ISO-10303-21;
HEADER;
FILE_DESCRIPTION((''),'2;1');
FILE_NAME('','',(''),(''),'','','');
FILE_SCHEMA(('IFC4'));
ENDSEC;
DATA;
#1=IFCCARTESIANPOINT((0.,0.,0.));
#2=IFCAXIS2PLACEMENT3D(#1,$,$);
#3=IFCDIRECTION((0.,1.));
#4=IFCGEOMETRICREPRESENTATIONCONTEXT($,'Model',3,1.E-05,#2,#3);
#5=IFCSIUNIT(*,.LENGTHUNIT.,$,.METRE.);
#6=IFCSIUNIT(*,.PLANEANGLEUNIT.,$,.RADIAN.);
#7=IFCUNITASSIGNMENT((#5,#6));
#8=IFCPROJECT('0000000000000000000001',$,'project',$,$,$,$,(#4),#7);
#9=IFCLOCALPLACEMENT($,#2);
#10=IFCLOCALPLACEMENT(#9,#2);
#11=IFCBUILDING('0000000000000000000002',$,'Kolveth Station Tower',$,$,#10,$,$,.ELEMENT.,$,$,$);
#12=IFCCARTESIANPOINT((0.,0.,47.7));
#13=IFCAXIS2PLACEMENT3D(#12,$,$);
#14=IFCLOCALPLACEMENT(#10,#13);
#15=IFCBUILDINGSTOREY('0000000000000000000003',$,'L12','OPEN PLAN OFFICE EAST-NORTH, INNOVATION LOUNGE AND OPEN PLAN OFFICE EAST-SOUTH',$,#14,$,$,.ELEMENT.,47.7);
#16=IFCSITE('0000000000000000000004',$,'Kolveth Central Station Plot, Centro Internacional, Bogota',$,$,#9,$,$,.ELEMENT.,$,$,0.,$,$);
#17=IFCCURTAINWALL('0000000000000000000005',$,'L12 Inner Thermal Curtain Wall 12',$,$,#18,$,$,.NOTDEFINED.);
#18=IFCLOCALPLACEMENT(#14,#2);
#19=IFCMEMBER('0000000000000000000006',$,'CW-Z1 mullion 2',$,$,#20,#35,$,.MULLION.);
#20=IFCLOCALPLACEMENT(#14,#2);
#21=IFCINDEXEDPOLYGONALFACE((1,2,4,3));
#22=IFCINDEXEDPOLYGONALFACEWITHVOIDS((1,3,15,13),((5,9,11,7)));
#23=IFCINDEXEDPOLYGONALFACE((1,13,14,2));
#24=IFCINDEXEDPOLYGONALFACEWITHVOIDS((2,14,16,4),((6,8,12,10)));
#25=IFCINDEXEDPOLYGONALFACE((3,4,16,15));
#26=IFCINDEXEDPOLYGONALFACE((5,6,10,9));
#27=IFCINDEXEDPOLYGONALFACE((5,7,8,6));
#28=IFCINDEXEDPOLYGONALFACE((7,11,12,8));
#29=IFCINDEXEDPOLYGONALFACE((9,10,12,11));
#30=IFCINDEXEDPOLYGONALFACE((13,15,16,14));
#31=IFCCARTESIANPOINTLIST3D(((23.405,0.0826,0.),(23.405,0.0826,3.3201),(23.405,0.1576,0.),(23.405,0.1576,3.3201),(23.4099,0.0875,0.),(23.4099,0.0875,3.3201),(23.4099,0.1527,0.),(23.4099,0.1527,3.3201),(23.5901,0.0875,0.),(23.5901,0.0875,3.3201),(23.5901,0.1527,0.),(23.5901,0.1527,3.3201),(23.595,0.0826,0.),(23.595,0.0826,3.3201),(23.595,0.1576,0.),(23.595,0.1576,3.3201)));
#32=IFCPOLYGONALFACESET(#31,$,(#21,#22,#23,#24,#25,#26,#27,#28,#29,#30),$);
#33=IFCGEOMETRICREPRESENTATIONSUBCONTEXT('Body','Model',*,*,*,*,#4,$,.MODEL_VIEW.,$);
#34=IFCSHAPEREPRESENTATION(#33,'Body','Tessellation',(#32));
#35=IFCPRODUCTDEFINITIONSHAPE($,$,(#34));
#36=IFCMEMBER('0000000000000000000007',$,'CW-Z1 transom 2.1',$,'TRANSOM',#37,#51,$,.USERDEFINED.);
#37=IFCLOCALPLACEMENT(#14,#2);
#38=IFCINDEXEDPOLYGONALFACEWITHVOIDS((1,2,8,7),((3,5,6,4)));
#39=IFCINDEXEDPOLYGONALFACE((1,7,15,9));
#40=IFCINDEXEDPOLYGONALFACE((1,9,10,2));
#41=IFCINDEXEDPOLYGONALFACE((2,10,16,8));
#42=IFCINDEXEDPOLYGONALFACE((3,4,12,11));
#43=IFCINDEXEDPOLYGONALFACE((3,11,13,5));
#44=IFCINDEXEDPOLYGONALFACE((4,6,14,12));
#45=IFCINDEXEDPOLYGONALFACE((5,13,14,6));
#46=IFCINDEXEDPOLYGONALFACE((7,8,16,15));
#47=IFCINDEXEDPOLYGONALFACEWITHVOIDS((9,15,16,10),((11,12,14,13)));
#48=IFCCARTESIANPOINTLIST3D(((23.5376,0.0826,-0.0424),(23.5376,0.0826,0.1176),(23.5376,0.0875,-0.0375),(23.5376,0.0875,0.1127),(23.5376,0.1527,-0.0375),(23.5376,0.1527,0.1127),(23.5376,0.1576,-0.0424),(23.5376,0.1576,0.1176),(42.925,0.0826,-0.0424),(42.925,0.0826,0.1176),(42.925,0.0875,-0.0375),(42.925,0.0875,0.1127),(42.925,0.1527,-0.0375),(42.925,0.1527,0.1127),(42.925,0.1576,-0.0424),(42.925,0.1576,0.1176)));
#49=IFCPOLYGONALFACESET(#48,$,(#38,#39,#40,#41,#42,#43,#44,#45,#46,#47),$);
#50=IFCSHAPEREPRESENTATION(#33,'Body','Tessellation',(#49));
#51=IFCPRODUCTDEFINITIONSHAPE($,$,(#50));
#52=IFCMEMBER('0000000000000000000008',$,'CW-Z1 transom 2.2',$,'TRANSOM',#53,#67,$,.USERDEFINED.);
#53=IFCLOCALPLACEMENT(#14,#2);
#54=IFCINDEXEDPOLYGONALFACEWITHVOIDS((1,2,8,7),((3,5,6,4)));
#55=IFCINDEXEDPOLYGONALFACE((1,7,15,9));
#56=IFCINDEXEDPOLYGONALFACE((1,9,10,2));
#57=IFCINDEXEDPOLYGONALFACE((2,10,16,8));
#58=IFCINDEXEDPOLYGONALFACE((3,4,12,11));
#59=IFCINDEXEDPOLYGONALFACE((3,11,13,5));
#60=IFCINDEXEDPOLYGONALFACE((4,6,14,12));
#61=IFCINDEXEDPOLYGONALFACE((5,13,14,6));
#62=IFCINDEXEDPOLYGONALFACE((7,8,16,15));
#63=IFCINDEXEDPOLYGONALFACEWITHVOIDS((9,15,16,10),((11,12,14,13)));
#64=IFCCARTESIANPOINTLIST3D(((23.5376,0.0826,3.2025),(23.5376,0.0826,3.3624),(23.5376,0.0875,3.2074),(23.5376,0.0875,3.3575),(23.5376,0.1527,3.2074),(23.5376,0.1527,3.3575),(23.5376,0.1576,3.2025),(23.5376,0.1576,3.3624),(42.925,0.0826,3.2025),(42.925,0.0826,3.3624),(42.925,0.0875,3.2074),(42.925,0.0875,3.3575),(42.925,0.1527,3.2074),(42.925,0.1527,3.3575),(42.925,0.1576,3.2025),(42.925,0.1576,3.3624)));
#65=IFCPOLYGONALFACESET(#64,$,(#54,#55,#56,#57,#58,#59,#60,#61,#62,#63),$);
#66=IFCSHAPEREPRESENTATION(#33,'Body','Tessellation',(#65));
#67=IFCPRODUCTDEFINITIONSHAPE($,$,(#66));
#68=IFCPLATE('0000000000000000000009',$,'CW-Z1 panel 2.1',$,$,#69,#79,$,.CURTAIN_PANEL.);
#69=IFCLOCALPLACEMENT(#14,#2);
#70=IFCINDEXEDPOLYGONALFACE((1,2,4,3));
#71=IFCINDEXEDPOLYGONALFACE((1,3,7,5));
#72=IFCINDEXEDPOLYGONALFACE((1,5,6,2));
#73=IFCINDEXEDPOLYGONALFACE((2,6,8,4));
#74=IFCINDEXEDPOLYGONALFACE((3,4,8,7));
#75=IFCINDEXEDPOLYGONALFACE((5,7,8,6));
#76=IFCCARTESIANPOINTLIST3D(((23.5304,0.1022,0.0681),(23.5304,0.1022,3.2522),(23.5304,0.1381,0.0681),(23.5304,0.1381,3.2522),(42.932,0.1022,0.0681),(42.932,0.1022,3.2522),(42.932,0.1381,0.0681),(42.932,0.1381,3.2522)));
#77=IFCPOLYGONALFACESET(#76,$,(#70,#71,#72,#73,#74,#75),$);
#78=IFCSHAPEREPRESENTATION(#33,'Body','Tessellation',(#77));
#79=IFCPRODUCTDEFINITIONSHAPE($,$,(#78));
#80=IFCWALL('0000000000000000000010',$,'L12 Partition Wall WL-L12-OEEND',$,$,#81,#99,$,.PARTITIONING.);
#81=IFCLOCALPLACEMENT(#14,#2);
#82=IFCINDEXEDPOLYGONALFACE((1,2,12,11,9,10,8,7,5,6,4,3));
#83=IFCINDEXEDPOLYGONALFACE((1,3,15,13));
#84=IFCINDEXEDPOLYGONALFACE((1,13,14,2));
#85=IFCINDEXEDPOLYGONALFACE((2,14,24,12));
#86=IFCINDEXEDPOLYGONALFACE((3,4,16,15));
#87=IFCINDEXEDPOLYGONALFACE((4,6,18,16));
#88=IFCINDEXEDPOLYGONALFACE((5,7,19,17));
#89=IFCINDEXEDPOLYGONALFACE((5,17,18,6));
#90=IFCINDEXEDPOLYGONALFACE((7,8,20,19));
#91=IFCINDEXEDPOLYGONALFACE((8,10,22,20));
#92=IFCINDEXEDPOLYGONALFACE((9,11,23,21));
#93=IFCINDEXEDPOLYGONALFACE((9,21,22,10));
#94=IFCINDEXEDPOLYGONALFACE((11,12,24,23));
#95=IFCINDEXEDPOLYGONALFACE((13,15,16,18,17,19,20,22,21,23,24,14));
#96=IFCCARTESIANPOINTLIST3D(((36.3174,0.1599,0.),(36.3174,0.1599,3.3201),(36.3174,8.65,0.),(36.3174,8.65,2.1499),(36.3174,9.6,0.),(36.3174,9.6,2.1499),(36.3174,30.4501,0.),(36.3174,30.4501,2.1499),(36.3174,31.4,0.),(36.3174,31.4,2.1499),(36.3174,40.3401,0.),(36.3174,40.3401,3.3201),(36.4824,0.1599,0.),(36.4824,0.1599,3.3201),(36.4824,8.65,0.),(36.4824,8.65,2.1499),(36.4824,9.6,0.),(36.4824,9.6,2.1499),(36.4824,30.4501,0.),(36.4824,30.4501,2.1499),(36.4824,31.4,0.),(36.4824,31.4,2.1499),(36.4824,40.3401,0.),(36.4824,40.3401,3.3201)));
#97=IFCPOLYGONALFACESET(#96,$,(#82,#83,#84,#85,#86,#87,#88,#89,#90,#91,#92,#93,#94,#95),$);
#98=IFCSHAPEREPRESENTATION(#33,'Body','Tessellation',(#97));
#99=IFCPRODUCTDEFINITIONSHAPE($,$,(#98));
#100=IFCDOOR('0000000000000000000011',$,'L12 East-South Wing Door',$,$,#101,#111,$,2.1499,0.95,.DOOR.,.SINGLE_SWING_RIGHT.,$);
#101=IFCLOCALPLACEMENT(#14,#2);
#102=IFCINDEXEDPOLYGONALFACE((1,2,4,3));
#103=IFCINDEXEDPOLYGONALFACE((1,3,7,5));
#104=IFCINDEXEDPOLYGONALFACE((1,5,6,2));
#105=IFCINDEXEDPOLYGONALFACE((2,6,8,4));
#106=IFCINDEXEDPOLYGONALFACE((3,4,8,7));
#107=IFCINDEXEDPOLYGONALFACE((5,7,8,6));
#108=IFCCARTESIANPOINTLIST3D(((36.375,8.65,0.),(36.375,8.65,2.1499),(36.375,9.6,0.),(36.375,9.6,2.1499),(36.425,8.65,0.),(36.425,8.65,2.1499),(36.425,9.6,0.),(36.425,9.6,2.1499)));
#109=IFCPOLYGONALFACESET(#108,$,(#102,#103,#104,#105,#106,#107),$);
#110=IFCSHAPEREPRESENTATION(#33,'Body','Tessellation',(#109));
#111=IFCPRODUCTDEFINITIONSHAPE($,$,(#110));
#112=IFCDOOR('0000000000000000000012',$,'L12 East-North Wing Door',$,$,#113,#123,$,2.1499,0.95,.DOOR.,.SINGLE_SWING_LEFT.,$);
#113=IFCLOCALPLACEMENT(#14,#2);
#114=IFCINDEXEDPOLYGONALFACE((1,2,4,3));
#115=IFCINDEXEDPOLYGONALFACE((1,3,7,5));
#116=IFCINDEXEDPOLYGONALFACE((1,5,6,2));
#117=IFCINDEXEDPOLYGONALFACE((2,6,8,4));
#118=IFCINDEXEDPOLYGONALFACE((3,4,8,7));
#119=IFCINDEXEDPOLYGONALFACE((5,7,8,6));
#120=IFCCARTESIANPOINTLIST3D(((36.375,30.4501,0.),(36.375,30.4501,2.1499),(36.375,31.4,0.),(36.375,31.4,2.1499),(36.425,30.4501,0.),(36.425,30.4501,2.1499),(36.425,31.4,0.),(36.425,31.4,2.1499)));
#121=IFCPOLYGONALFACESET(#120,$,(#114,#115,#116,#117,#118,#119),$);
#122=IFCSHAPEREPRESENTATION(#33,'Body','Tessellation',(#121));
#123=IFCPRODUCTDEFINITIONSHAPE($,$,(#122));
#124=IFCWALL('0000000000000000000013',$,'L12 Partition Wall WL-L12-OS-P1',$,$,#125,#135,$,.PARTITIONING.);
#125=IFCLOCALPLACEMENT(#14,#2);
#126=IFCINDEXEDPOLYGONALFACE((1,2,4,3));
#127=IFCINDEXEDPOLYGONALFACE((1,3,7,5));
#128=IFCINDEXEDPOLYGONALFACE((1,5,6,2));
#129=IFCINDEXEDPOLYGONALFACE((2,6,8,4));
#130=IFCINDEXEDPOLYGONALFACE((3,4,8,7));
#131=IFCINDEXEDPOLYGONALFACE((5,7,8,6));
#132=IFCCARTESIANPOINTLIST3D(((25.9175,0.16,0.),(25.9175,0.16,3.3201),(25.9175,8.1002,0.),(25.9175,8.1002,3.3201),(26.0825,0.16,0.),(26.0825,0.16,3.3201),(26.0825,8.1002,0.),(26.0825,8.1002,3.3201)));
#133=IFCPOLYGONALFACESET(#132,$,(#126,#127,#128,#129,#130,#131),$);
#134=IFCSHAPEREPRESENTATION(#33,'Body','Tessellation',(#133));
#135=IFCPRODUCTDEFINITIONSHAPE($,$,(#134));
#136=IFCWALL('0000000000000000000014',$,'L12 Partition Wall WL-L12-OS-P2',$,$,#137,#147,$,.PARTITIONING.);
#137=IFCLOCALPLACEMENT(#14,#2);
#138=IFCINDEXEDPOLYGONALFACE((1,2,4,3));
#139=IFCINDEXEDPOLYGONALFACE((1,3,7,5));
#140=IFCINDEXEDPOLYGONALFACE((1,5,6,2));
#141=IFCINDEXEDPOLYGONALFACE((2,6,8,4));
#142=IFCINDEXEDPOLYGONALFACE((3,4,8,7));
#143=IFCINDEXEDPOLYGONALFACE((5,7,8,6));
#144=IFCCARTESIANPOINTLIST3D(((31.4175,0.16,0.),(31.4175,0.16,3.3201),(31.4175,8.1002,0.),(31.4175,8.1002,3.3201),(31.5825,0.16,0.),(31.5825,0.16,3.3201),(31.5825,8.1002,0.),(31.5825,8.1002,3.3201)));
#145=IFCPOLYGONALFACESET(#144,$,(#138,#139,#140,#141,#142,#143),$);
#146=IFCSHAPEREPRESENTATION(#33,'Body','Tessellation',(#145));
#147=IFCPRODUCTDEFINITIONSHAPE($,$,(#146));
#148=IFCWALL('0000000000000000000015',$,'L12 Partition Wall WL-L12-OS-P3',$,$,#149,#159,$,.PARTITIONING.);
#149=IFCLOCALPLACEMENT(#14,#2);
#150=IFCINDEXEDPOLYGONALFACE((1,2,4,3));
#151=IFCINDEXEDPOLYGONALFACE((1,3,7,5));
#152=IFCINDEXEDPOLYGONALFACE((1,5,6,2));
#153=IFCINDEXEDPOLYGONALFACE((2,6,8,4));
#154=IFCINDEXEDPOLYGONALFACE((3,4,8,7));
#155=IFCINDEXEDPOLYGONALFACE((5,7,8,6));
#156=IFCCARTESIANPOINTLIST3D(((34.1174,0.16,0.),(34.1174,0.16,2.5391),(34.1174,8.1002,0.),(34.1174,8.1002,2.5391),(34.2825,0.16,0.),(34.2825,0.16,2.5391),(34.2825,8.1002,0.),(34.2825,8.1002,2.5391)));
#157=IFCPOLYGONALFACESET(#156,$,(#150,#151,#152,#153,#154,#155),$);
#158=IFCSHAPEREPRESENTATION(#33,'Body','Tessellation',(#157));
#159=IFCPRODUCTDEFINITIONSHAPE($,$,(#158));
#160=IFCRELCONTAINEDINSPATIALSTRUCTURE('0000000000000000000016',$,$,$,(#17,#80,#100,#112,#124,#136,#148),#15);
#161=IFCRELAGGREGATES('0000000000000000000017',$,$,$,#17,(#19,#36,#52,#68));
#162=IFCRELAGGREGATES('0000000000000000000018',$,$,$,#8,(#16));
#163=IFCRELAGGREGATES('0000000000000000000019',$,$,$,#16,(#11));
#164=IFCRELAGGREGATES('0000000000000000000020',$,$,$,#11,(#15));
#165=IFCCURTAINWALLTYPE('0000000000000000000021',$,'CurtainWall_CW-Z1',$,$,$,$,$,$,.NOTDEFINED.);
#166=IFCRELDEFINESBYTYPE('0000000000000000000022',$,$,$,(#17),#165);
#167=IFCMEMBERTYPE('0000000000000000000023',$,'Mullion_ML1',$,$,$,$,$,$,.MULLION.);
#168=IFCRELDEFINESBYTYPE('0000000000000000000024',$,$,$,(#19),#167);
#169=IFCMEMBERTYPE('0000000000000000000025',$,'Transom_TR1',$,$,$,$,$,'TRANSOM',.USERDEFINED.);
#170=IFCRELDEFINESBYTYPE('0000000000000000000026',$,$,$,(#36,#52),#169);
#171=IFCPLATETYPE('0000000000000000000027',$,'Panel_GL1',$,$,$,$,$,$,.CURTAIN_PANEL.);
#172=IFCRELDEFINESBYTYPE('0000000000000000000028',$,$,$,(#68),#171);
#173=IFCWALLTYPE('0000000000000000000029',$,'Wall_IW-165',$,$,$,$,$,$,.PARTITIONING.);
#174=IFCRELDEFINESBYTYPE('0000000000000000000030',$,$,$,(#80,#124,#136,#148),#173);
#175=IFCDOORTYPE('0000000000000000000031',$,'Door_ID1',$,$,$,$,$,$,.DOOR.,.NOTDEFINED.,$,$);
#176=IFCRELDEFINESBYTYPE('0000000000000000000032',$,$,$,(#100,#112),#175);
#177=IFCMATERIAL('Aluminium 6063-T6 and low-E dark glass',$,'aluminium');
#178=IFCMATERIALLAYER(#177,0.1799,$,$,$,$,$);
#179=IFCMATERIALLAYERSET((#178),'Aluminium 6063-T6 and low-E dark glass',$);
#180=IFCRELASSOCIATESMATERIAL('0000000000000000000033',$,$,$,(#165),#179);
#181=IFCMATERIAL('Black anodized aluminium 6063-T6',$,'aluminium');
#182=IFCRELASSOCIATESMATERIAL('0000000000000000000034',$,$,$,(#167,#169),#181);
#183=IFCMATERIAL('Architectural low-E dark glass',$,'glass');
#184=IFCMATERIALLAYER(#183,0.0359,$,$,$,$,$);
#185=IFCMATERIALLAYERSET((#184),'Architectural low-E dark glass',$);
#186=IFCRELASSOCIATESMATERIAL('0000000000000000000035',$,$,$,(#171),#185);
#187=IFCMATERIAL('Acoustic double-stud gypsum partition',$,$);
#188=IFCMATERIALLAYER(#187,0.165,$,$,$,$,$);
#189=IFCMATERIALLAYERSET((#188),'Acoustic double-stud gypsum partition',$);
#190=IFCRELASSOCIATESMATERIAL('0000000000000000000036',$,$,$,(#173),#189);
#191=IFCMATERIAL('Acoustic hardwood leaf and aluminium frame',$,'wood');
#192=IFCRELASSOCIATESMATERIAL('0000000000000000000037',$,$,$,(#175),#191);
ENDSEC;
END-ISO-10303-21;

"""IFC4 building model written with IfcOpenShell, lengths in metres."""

from ifc_helpers import new_model, si_unit, direction, frame, frame_2d, origin, origin_2d, place, context, subcontext, project, spatial, rectangle, hollow_rectangle, extrude, source, transform, mapped, material, layer, layer_set, material_profile, profile_set, type_object, element, fill, aggregate, save


model = new_model("IFC4")

# Units and contexts
model_context = context("Model", 3, precision=1e-05, world=origin(), true_north=direction((0.0, 1.0)))
body_context = subcontext(model_context, "Body", "Model", "MODEL_VIEW")
ifc_project = project(units=[si_unit("LENGTHUNIT", "METRE"), si_unit("PLANEANGLEUNIT", "RADIAN")], contexts=[model_context])

# Site, building, storey
site_placement = place(None, origin())
site = spatial("IfcSite", under=ifc_project, at=site_placement, Name="Kolveth Central Station Plot, Centro Internacional, Bogota", CompositionType="ELEMENT", RefElevation=0.0)
building_placement = place(site_placement, origin())
building = spatial("IfcBuilding", under=site, at=building_placement, Name="Kolveth Station Tower", CompositionType="ELEMENT")
storey_placement = place(building_placement, frame((0.0, 0.0, 47.7)))
storey = spatial("IfcBuildingStorey", under=building, at=storey_placement, Name="L12", Description="OPEN PLAN OFFICE EAST-NORTH, INNOVATION LOUNGE AND OPEN PLAN OFFICE EAST-SOUTH", CompositionType="ELEMENT", Elevation=47.7)

# Curtain wall, members, plate
ifc_material_1 = material(Name="Aluminium 6063-T6 and low-E dark glass", Category="aluminium")
ifc_layer_1 = layer(ifc_material_1, 0.1799)
ifc_layer_set_1 = layer_set([ifc_layer_1], Name="Aluminium 6063-T6 and low-E dark glass")
curtain_wall_type = type_object("IfcCurtainWallType", Name="CurtainWall_CW-Z1", PredefinedType="NOTDEFINED", material=ifc_layer_set_1)
curtain_wall_placement = place(storey_placement, origin())
curtain_wall = element("IfcCurtainWall", 1, at=curtain_wall_placement, inside=storey, type_object=curtain_wall_type, Name="L12 Inner Thermal Curtain Wall 12", PredefinedType="NOTDEFINED")
ifc_material_2 = material(Name="Black anodized aluminium 6063-T6", Category="aluminium")
ifc_material_profile_1 = material_profile(ifc_material_2, hollow_rectangle(XDim=0.075, YDim=0.1899, WallThickness=0.0049, at=origin_2d()), Name="ALU-75x190x5")
ifc_profile_set_1 = profile_set([ifc_material_profile_1], Name="Black anodized aluminium 6063-T6")
member_type_1 = type_object("IfcMemberType", Name="Mullion_ML1", PredefinedType="MULLION", material=ifc_profile_set_1)
shared_shape_1 = source(origin(), body_context, "Body", "SweptSolid", [
    extrude(hollow_rectangle(XDim=0.075, YDim=0.1899, WallThickness=0.0049, at=origin_2d()), origin(), (0.0, 0.0, 1.0), 3.3201),
])
member_1_placement = place(storey_placement, frame((23.5, 0.1201, 0.0), z_axis=(0.0, 0.0, 1.0), x_axis=(0.0, 1.0, 0.0)))
member_1 = element("IfcMember", 2, at=member_1_placement, type_object=member_type_1, Name="CW-Z1 mullion 2", PredefinedType="MULLION", context=body_context, shape_type="MappedRepresentation", body=[
    mapped(shared_shape_1, transform((0.0, 0.0, 0.0), x_axis=(1.0, 0.0, 0.0), y_axis=(0.0, 1.0, 0.0), z_axis=(0.0, 0.0, 1.0), scale=1.0)),
])
ifc_material_profile_2 = material_profile(ifc_material_2, hollow_rectangle(XDim=0.075, YDim=0.1599, WallThickness=0.0049, at=origin_2d()), Name="ALU-75x160x5")
ifc_profile_set_2 = profile_set([ifc_material_profile_2], Name="Black anodized aluminium 6063-T6")
member_type_2 = type_object("IfcMemberType", Name="Transom_TR1", ElementType="TRANSOM", PredefinedType="USERDEFINED", material=ifc_profile_set_2)
shared_shape_2 = source(origin(), body_context, "Body", "SweptSolid", [
    extrude(hollow_rectangle(XDim=0.075, YDim=0.1599, WallThickness=0.0049, at=origin_2d()), origin(), (0.0, 0.0, 1.0), 19.3875),
])
member_2_placement = place(storey_placement, frame((23.5376, 0.1201, 0.0376), z_axis=(1.0, 0.0, 0.0), x_axis=(0.0, 1.0, 0.0)))
member_2 = element("IfcMember", 3, at=member_2_placement, type_object=member_type_2, Name="CW-Z1 transom 2.1", ObjectType="TRANSOM", PredefinedType="USERDEFINED", context=body_context, shape_type="MappedRepresentation", body=[
    mapped(shared_shape_2, transform((0.0, 0.0, 0.0), x_axis=(1.0, 0.0, 0.0), y_axis=(0.0, 1.0, 0.0), z_axis=(0.0, 0.0, 1.0), scale=1.0)),
])
member_3_placement = place(storey_placement, frame((23.5376, 0.1201, 3.2825), z_axis=(1.0, 0.0, 0.0), x_axis=(0.0, 1.0, 0.0)))
member_3 = element("IfcMember", 4, at=member_3_placement, type_object=member_type_2, Name="CW-Z1 transom 2.2", ObjectType="TRANSOM", PredefinedType="USERDEFINED", context=body_context, shape_type="MappedRepresentation", body=[
    mapped(shared_shape_2, transform((0.0, 0.0, 0.0), x_axis=(1.0, 0.0, 0.0), y_axis=(0.0, 1.0, 0.0), z_axis=(0.0, 0.0, 1.0), scale=1.0)),
])
ifc_material_3 = material(Name="Architectural low-E dark glass", Category="glass")
ifc_layer_2 = layer(ifc_material_3, 0.0359)
ifc_layer_set_2 = layer_set([ifc_layer_2], Name="Architectural low-E dark glass")
plate_type = type_object("IfcPlateType", Name="Panel_GL1", PredefinedType="CURTAIN_PANEL", material=ifc_layer_set_2)
shared_shape_3 = source(origin(), body_context, "Body", "SweptSolid", [
    extrude(rectangle(XDim=19.4016, YDim=0.0359, at=origin_2d()), origin(), (0.0, 0.0, 1.0), 3.1841),
])
plate_placement = place(storey_placement, frame((33.2312, 0.1201, 0.0681), z_axis=(0.0, 0.0, 1.0), x_axis=(1.0, 0.0, 0.0)))
plate = element("IfcPlate", 5, at=plate_placement, type_object=plate_type, Name="CW-Z1 panel 2.1", PredefinedType="CURTAIN_PANEL", context=body_context, shape_type="MappedRepresentation", body=[
    mapped(shared_shape_3, transform((0.0, 0.0, 0.0), x_axis=(1.0, 0.0, 0.0), y_axis=(0.0, 1.0, 0.0), z_axis=(0.0, 0.0, 1.0), scale=1.0)),
])
aggregate(curtain_wall, [member_1, member_2, member_3, plate])

# Wall, openings, doors
ifc_material_4 = material(Name="Acoustic double-stud gypsum partition")
ifc_layer_3 = layer(ifc_material_4, 0.165)
ifc_layer_set_3 = layer_set([ifc_layer_3], Name="Acoustic double-stud gypsum partition")
wall_type = type_object("IfcWallType", Name="Wall_IW-165", PredefinedType="PARTITIONING", material=ifc_layer_set_3)
wall_1_placement = place(storey_placement, frame((36.3999, 0.1599, 0.0), z_axis=(0.0, 0.0, 1.0), x_axis=(0.0, 1.0, 0.0)))
wall_1 = element("IfcWall", 6, at=wall_1_placement, inside=storey, type_object=wall_type, Name="L12 Partition Wall WL-L12-OEEND", PredefinedType="PARTITIONING", context=body_context, shape_type="SweptSolid", body=[
    extrude(rectangle(XDim=40.1802, YDim=0.165, at=frame_2d((20.0901, 0.0))), origin(), (0.0, 0.0, 1.0), 3.3201),
])
opening_1_placement = place(wall_1_placement, frame((8.49, 0.0, 0.0)))
opening_1 = element("IfcOpeningElement", 7, at=opening_1_placement, cuts=wall_1, PredefinedType="OPENING", context=body_context, shape_type="SweptSolid", body=[
    extrude(rectangle(XDim=0.95, YDim=2.1499, at=frame_2d((0.4751, 1.075))), frame((0.0, 0.0925, 0.0), z_axis=(0.0, -1.0, 0.0), x_axis=(1.0, 0.0, 0.0)), (0.0, 0.0, 1.0), 0.1851),
])
opening_2_placement = place(wall_1_placement, frame((30.29, 0.0, 0.0)))
opening_2 = element("IfcOpeningElement", 8, at=opening_2_placement, cuts=wall_1, PredefinedType="OPENING", context=body_context, shape_type="SweptSolid", body=[
    extrude(rectangle(XDim=0.95, YDim=2.1499, at=frame_2d((0.4751, 1.075))), frame((0.0, 0.0925, 0.0), z_axis=(0.0, -1.0, 0.0), x_axis=(1.0, 0.0, 0.0)), (0.0, 0.0, 1.0), 0.1851),
])
ifc_material_5 = material(Name="Acoustic hardwood leaf and aluminium frame", Category="wood")
door_type = type_object("IfcDoorType", Name="Door_ID1", OperationType="NOTDEFINED", PredefinedType="DOOR", material=ifc_material_5)
door_1_placement = place(opening_1_placement, origin())
door_1 = element("IfcDoor", 9, at=door_1_placement, inside=storey, type_object=door_type, Name="L12 East-South Wing Door", OperationType="SINGLE_SWING_RIGHT", OverallHeight=2.1499, OverallWidth=0.95, PredefinedType="DOOR", context=body_context, shape_type="SweptSolid", body=[
    extrude(rectangle(XDim=0.95, YDim=2.1499, at=frame_2d((0.4751, 1.075))), frame((0.0, 0.0249, 0.0), z_axis=(0.0, -1.0, 0.0), x_axis=(1.0, 0.0, 0.0)), (0.0, 0.0, 1.0), 0.05),
])
fill(opening_1, door_1)
door_2_placement = place(opening_2_placement, origin())
door_2 = element("IfcDoor", 10, at=door_2_placement, inside=storey, type_object=door_type, Name="L12 East-North Wing Door", OperationType="SINGLE_SWING_LEFT", OverallHeight=2.1499, OverallWidth=0.95, PredefinedType="DOOR", context=body_context, shape_type="SweptSolid", body=[
    extrude(rectangle(XDim=0.95, YDim=2.1499, at=frame_2d((0.4751, 1.075))), frame((0.0, 0.0249, 0.0), z_axis=(0.0, -1.0, 0.0), x_axis=(1.0, 0.0, 0.0)), (0.0, 0.0, 1.0), 0.05),
])
fill(opening_2, door_2)

# Walls
for number, where, z_axis, x_axis, name in (
    (11, (26.0, 0.1599, 0.0), (0.0, 0.0, 1.0), (0.0, 1.0, 0.0), "L12 Partition Wall WL-L12-OS-P1"),
    (12, (31.5, 0.1599, 0.0), (0.0, 0.0, 1.0), (0.0, 1.0, 0.0), "L12 Partition Wall WL-L12-OS-P2"),
):
    element("IfcWall", number, at=place(storey_placement, frame(where, z_axis=z_axis, x_axis=x_axis)), inside=storey, type_object=wall_type, Name=name, PredefinedType="PARTITIONING", context=body_context, shape_type="SweptSolid", body=[
        extrude(rectangle(XDim=7.9402, YDim=0.165, at=frame_2d((3.9702, 0.0))), origin(), (0.0, 0.0, 1.0), 3.3201),
    ])
wall_2_placement = place(storey_placement, frame((34.2, 0.1599, 0.0), z_axis=(0.0, 0.0, 1.0), x_axis=(0.0, 1.0, 0.0)))
element("IfcWall", 13, at=wall_2_placement, inside=storey, type_object=wall_type, Name="L12 Partition Wall WL-L12-OS-P3", PredefinedType="PARTITIONING", context=body_context, shape_type="SweptSolid", body=[
    extrude(rectangle(XDim=7.9402, YDim=0.165, at=frame_2d((3.9702, 0.0))), origin(), (0.0, 0.0, 1.0), 2.5391),
])

save(model, "model.ifc")
